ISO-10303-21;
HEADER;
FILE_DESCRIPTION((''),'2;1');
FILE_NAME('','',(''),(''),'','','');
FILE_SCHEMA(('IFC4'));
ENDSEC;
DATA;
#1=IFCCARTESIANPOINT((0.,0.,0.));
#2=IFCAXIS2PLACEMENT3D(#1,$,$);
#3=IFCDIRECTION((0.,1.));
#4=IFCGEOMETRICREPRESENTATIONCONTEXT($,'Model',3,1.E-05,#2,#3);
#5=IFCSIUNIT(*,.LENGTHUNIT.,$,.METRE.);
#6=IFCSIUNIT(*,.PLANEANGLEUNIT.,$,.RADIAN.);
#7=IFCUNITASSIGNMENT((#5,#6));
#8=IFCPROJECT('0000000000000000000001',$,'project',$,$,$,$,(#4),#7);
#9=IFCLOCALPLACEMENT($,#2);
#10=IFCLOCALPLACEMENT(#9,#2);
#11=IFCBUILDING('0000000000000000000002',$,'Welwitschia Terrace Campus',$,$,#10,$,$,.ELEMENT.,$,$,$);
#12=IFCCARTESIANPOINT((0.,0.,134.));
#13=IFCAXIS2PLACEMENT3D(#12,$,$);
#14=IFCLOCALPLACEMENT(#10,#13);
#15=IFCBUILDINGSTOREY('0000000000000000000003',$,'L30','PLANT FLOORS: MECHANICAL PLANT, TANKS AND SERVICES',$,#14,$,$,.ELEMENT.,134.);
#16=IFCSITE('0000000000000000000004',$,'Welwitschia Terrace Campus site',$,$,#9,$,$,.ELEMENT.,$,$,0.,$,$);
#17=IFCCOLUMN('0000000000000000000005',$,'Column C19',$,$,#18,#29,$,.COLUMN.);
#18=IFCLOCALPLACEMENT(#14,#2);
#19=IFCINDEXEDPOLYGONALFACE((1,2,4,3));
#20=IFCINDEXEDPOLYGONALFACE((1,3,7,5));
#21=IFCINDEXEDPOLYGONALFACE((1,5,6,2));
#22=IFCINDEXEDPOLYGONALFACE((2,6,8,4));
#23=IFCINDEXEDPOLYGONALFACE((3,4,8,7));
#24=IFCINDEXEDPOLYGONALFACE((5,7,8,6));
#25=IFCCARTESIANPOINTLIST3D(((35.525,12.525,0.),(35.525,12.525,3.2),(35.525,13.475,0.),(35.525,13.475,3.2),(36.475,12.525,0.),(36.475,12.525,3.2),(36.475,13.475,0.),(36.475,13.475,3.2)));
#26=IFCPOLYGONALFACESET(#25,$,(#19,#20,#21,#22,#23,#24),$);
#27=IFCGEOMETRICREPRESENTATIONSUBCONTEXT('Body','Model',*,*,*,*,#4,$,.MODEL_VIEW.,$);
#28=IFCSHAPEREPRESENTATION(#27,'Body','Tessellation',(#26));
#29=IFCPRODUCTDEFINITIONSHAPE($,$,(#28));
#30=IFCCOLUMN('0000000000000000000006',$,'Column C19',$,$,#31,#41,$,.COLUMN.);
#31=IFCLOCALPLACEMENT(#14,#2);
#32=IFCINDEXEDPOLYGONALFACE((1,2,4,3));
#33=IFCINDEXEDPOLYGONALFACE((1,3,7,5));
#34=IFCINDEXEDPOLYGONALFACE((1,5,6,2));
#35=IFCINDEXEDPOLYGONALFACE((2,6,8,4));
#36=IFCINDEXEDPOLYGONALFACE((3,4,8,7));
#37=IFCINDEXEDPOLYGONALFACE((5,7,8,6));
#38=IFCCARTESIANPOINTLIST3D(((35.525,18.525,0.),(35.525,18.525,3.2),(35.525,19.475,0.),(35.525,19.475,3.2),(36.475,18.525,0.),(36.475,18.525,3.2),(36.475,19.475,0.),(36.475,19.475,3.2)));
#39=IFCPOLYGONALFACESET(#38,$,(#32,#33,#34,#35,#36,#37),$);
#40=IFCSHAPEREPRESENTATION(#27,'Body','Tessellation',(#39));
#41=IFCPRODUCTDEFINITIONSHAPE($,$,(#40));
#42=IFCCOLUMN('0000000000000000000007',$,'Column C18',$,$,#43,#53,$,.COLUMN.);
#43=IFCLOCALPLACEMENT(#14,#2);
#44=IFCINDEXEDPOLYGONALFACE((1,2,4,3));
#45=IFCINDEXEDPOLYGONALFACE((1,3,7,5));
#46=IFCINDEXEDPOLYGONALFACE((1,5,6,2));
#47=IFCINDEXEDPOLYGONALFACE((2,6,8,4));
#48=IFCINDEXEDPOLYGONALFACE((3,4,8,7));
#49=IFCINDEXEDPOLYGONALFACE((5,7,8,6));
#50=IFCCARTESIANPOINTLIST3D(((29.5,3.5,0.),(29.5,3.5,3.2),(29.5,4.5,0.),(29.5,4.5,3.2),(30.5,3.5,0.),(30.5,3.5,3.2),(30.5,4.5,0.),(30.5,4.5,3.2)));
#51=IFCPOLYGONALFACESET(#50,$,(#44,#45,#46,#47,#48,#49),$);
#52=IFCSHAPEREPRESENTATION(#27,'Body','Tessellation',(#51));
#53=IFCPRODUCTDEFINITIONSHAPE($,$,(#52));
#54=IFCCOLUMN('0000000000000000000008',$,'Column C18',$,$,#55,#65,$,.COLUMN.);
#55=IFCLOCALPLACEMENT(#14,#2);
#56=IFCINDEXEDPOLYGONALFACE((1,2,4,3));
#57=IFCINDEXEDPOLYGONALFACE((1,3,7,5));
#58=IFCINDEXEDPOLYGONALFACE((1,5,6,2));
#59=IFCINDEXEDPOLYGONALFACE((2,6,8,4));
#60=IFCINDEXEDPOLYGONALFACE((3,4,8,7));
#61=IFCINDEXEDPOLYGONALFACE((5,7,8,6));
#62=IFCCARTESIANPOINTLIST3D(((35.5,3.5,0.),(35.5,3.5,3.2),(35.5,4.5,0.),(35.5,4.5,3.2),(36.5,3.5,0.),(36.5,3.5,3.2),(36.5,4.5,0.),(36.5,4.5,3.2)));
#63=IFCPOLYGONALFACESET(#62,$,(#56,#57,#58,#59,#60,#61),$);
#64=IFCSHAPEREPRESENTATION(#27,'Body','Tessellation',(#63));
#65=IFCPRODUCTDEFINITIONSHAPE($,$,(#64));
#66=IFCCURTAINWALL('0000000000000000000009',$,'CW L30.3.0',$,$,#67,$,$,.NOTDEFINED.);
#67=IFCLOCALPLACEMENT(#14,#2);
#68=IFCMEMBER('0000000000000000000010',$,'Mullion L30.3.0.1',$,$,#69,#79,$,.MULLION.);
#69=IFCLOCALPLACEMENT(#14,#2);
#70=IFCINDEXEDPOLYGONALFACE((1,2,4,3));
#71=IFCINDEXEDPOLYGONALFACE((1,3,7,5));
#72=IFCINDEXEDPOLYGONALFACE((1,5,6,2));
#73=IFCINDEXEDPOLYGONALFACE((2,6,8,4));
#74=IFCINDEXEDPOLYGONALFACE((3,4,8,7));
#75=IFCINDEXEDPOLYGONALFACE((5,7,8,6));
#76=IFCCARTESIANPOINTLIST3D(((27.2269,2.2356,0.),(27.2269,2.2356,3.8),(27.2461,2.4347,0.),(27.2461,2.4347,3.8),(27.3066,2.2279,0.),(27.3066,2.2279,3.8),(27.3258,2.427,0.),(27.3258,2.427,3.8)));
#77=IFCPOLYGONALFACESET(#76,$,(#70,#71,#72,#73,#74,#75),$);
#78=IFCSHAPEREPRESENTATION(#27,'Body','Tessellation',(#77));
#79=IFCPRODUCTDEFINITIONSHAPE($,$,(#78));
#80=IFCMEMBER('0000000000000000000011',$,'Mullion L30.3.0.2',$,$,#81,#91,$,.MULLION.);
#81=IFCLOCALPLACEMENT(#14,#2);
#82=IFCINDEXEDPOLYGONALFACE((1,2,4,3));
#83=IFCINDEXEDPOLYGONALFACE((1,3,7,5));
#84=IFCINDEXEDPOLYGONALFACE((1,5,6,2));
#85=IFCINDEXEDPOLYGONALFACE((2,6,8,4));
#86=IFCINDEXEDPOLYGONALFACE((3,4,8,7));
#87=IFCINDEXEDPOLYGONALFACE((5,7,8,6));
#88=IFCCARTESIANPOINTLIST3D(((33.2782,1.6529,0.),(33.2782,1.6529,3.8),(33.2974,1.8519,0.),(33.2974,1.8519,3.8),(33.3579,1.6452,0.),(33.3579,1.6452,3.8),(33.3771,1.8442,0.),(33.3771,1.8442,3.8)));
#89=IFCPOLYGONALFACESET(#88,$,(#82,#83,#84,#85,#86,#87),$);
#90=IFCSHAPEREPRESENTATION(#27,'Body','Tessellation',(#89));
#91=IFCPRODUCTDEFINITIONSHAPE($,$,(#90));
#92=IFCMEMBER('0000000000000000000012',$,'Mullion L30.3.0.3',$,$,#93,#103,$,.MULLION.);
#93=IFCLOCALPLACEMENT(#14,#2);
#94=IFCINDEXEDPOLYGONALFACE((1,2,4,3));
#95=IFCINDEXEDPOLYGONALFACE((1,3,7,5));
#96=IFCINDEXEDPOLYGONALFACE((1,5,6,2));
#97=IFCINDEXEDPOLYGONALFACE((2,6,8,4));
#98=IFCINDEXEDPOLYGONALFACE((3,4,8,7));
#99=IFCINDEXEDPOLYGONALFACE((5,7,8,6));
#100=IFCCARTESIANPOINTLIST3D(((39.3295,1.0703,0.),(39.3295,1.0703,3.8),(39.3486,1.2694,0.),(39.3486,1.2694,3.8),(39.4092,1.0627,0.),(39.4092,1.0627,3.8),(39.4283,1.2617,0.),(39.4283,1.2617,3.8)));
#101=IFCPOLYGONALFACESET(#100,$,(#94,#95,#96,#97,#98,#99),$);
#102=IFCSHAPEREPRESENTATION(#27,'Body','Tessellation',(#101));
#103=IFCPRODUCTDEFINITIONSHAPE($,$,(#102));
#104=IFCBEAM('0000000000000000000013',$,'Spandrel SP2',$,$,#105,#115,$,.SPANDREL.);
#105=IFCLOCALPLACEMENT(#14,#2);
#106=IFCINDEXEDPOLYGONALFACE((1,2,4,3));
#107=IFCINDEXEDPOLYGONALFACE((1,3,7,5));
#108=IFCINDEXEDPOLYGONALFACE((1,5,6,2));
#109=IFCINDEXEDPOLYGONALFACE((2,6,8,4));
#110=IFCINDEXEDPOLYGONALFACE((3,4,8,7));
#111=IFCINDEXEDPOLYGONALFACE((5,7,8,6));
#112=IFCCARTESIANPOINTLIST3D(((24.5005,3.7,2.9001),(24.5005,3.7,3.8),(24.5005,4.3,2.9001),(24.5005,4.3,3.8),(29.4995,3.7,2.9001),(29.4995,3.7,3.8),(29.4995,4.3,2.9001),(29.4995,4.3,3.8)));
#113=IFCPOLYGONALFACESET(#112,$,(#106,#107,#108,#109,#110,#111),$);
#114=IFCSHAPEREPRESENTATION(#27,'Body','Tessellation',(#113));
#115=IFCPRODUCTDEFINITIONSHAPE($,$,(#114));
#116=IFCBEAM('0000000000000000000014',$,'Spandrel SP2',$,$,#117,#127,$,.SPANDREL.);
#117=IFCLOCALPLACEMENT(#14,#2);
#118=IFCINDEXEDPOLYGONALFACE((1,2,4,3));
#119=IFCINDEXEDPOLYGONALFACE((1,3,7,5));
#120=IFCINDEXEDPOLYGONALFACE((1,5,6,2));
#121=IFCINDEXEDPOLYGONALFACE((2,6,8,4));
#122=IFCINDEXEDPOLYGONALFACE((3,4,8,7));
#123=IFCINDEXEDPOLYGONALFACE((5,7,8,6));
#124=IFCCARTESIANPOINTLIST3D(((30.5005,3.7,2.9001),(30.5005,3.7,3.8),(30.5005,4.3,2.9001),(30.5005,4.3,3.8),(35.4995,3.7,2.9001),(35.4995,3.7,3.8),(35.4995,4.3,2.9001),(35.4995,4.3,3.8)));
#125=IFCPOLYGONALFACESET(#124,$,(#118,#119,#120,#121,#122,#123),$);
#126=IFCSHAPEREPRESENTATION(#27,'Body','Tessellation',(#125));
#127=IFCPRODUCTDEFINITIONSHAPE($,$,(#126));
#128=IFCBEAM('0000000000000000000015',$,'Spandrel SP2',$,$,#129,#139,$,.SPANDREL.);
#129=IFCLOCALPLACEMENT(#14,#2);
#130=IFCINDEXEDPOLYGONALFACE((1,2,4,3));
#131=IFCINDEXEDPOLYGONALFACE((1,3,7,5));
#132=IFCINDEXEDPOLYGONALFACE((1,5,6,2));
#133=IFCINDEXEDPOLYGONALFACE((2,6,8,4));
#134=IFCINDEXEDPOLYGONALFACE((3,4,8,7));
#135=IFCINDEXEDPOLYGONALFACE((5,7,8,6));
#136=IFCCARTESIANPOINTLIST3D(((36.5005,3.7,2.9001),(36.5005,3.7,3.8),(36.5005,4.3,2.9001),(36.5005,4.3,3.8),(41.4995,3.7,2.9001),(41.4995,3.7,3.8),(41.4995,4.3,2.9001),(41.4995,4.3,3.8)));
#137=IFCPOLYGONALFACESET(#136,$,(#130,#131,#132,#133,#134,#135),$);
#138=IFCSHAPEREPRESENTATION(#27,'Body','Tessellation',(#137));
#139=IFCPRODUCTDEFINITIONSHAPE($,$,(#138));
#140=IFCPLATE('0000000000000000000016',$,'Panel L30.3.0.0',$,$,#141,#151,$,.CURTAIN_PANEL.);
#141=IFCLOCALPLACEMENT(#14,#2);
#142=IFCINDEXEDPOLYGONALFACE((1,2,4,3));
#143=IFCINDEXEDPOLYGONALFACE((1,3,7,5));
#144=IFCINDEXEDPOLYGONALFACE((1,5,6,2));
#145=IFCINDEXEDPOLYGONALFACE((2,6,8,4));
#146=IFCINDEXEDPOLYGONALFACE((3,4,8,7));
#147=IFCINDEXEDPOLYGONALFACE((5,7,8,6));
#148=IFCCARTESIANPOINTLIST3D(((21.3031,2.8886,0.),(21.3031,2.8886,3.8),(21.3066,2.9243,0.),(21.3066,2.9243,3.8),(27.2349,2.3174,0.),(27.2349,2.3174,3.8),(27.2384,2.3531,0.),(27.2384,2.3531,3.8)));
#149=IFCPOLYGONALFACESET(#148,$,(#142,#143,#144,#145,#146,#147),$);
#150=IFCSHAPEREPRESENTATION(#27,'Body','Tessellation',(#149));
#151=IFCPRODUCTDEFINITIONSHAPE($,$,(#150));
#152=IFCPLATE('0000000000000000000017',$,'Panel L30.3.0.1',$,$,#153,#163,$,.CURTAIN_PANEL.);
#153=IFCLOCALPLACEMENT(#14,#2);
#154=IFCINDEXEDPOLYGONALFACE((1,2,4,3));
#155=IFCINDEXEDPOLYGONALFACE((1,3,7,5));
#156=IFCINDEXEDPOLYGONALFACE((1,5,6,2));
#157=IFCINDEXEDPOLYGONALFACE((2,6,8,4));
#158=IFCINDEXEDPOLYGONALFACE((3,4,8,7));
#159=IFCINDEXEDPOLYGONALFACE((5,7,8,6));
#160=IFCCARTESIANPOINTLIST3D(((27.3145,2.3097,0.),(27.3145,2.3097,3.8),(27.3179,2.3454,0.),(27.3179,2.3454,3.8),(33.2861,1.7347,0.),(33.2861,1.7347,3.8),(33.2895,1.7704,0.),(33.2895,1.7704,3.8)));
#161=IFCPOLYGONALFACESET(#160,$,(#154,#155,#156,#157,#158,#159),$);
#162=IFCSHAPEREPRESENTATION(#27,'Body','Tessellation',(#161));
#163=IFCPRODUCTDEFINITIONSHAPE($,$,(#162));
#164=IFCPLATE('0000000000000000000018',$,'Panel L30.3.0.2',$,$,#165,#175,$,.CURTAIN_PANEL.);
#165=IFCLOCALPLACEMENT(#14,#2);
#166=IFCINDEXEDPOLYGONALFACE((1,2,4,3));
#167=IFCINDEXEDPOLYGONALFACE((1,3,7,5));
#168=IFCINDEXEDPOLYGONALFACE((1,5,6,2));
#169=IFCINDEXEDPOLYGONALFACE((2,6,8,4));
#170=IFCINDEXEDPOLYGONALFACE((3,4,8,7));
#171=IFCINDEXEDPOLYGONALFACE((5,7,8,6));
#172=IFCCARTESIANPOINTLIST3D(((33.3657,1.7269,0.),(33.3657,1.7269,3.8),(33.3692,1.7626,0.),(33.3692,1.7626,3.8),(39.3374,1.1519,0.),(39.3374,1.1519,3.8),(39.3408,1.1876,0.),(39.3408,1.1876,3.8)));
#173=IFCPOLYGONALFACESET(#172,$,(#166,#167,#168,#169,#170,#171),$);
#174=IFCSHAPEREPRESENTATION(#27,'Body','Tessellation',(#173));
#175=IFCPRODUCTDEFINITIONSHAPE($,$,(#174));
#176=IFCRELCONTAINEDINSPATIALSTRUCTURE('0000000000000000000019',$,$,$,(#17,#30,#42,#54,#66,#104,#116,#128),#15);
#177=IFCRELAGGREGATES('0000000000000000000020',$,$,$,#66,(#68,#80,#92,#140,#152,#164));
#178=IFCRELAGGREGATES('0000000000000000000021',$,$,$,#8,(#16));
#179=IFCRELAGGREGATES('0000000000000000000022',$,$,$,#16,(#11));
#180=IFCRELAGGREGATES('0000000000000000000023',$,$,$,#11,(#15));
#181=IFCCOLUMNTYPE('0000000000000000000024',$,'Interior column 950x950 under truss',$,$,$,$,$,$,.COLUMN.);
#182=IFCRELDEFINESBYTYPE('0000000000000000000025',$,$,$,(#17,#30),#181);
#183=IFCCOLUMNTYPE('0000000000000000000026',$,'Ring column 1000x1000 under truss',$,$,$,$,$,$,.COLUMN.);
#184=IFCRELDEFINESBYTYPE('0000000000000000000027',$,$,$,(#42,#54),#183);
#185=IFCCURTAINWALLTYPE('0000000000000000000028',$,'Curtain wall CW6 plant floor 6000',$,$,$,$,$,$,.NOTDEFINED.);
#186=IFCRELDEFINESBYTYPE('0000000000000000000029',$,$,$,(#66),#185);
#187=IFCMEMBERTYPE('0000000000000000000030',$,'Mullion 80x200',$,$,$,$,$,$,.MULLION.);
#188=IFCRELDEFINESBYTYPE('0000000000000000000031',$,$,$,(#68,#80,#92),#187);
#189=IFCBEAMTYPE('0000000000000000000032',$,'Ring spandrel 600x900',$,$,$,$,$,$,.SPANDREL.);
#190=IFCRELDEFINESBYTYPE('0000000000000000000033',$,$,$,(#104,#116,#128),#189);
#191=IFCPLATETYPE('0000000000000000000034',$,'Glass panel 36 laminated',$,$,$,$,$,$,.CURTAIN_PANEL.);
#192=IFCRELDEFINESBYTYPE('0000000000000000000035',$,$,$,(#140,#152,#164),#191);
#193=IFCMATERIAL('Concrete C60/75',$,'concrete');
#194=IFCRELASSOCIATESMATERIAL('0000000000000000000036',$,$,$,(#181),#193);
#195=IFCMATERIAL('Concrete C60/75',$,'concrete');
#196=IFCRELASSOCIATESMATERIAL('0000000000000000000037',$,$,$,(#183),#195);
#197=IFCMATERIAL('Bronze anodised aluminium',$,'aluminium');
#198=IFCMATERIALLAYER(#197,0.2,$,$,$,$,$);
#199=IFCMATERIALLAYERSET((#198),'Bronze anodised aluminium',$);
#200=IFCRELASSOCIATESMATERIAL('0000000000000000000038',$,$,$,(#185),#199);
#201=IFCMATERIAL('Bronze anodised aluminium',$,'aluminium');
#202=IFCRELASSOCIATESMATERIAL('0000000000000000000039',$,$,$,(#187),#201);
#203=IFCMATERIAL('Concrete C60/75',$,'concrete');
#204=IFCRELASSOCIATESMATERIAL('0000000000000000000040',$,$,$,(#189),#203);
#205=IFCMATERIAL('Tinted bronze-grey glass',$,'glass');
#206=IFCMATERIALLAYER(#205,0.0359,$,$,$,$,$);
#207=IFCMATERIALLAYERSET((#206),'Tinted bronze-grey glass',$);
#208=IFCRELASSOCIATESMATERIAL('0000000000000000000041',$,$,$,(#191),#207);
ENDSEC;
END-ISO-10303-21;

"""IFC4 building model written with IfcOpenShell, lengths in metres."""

from ifc_helpers import new_model, si_unit, direction, frame, origin, origin_2d, place, context, subcontext, project, spatial, rectangle, extrude, material, layer, layer_set, material_profile, profile_set, type_object, element, aggregate, save


model = new_model("IFC4")

# Units and contexts
model_context = context("Model", 3, precision=1e-05, world=origin(), true_north=direction((0.0, 1.0)))
body_context = subcontext(model_context, "Body", "Model", "MODEL_VIEW")
ifc_project = project(units=[si_unit("LENGTHUNIT", "METRE"), si_unit("PLANEANGLEUNIT", "RADIAN")], contexts=[model_context])

# Site, building, storey
site_placement = place(None, origin())
site = spatial("IfcSite", under=ifc_project, at=site_placement, Name="Welwitschia Terrace Campus site", CompositionType="ELEMENT", RefElevation=0.0)
building_placement = place(site_placement, origin())
building = spatial("IfcBuilding", under=site, at=building_placement, Name="Welwitschia Terrace Campus", CompositionType="ELEMENT")
storey_placement = place(building_placement, frame((0.0, 0.0, 134.0)))
storey = spatial("IfcBuildingStorey", under=building, at=storey_placement, Name="L30", Description="PLANT FLOORS: MECHANICAL PLANT, TANKS AND SERVICES", CompositionType="ELEMENT", Elevation=134.0)

# Columns
ifc_material_1 = material(Name="Concrete C60/75", Category="concrete")
ifc_material_profile_1 = material_profile(ifc_material_1, rectangle(XDim=0.95, YDim=0.95, at=origin_2d()))
ifc_profile_set_1 = profile_set([ifc_material_profile_1], Name="Concrete C60/75")
column_type_1 = type_object("IfcColumnType", Name="Interior column 950x950 under truss", PredefinedType="COLUMN", material=ifc_profile_set_1)
for number, where, z_axis, x_axis, name in (
    (1, (36.0, 13.0, 0.0), (0.0, 0.0, 1.0), (1.0, 0.0, 0.0), "Column C19"),
    (2, (36.0, 19.0, 0.0), (0.0, 0.0, 1.0), (1.0, 0.0, 0.0), "Column C19"),
):
    element("IfcColumn", number, at=place(storey_placement, frame(where, z_axis=z_axis, x_axis=x_axis)), inside=storey, type_object=column_type_1, Name=name, PredefinedType="COLUMN", context=body_context, shape_type="SweptSolid", body=[
        extrude(rectangle(XDim=0.95, YDim=0.95, at=origin_2d()), origin(), (0.0, 0.0, 1.0), 3.2),
    ])
ifc_material_2 = material(Name="Concrete C60/75", Category="concrete")
ifc_material_profile_2 = material_profile(ifc_material_2, rectangle(XDim=1.0, YDim=1.0, at=origin_2d()))
ifc_profile_set_2 = profile_set([ifc_material_profile_2], Name="Concrete C60/75")
column_type_2 = type_object("IfcColumnType", Name="Ring column 1000x1000 under truss", PredefinedType="COLUMN", material=ifc_profile_set_2)
for number, where, z_axis, x_axis, name in (
    (3, (30.0, 4.0, 0.0), (0.0, 0.0, 1.0), (1.0, 0.0, 0.0), "Column C18"),
    (4, (36.0, 4.0, 0.0), (0.0, 0.0, 1.0), (1.0, 0.0, 0.0), "Column C18"),
):
    element("IfcColumn", number, at=place(storey_placement, frame(where, z_axis=z_axis, x_axis=x_axis)), inside=storey, type_object=column_type_2, Name=name, PredefinedType="COLUMN", context=body_context, shape_type="SweptSolid", body=[
        extrude(rectangle(XDim=1.0, YDim=1.0, at=origin_2d()), origin(), (0.0, 0.0, 1.0), 3.2),
    ])

# Curtain wall, members
ifc_material_3 = material(Name="Bronze anodised aluminium", Category="aluminium")
ifc_layer_1 = layer(ifc_material_3, 0.2)
ifc_layer_set_1 = layer_set([ifc_layer_1], Name="Bronze anodised aluminium")
curtain_wall_type = type_object("IfcCurtainWallType", Name="Curtain wall CW6 plant floor 6000", PredefinedType="NOTDEFINED", material=ifc_layer_set_1)
curtain_wall_placement = place(storey_placement, origin())
curtain_wall = element("IfcCurtainWall", 5, at=curtain_wall_placement, inside=storey, type_object=curtain_wall_type, Name="CW L30.3.0", PredefinedType="NOTDEFINED")
ifc_material_4 = material(Name="Bronze anodised aluminium", Category="aluminium")
ifc_material_profile_3 = material_profile(ifc_material_4, rectangle(XDim=0.2, YDim=0.0801, at=origin_2d()))
ifc_profile_set_3 = profile_set([ifc_material_profile_3], Name="Bronze anodised aluminium")
member_type = type_object("IfcMemberType", Name="Mullion 80x200", PredefinedType="MULLION", material=ifc_profile_set_3)
member_1_placement = place(storey_placement, frame((27.2764, 2.3313, 0.0), z_axis=(0.0, 0.0, 1.0), x_axis=(0.095846, 0.995396, 0.0)))
member_1 = element("IfcMember", 6, at=member_1_placement, type_object=member_type, Name="Mullion L30.3.0.1", PredefinedType="MULLION", context=body_context, shape_type="SweptSolid", body=[
    extrude(rectangle(XDim=0.2, YDim=0.0801, at=origin_2d()), origin(), (0.0, 0.0, 1.0), 3.8),
])
member_2_placement = place(storey_placement, frame((33.3276, 1.7485, 0.0), z_axis=(0.0, 0.0, 1.0), x_axis=(0.095846, 0.995396, 0.0)))
member_2 = element("IfcMember", 7, at=member_2_placement, type_object=member_type, Name="Mullion L30.3.0.2", PredefinedType="MULLION", context=body_context, shape_type="SweptSolid", body=[
    extrude(rectangle(XDim=0.2, YDim=0.0801, at=origin_2d()), origin(), (0.0, 0.0, 1.0), 3.8),
])
member_3_placement = place(storey_placement, frame((39.3789, 1.166, 0.0), z_axis=(0.0, 0.0, 1.0), x_axis=(0.095846, 0.995396, 0.0)))
member_3 = element("IfcMember", 8, at=member_3_placement, type_object=member_type, Name="Mullion L30.3.0.3", PredefinedType="MULLION", context=body_context, shape_type="SweptSolid", body=[
    extrude(rectangle(XDim=0.2, YDim=0.0801, at=origin_2d()), origin(), (0.0, 0.0, 1.0), 3.8),
])

# Beams
ifc_material_5 = material(Name="Concrete C60/75", Category="concrete")
ifc_material_profile_4 = material_profile(ifc_material_5, rectangle(XDim=0.6001, YDim=0.8999, at=origin_2d()))
ifc_profile_set_4 = profile_set([ifc_material_profile_4], Name="Concrete C60/75")
beam_type = type_object("IfcBeamType", Name="Ring spandrel 600x900", PredefinedType="SPANDREL", material=ifc_profile_set_4)
for number, where, z_axis, x_axis, name in (
    (9, (24.5005, 4.0, 3.3501), (1.0, 0.0, 0.0), (0.0, 1.0, 0.0), "Spandrel SP2"),
    (10, (30.5005, 4.0, 3.3501), (1.0, 0.0, 0.0), (0.0, 1.0, 0.0), "Spandrel SP2"),
    (11, (36.5005, 4.0, 3.3501), (1.0, 0.0, 0.0), (0.0, 1.0, 0.0), "Spandrel SP2"),
):
    element("IfcBeam", number, at=place(storey_placement, frame(where, z_axis=z_axis, x_axis=x_axis)), inside=storey, type_object=beam_type, Name=name, PredefinedType="SPANDREL", context=body_context, shape_type="SweptSolid", body=[
        extrude(rectangle(XDim=0.6001, YDim=0.8999, at=origin_2d()), origin(), (0.0, 0.0, 1.0), 4.999),
    ])

# Plates
ifc_material_6 = material(Name="Tinted bronze-grey glass", Category="glass")
ifc_layer_2 = layer(ifc_material_6, 0.0359)
ifc_layer_set_2 = layer_set([ifc_layer_2], Name="Tinted bronze-grey glass")
plate_type = type_object("IfcPlateType", Name="Glass panel 36 laminated", PredefinedType="CURTAIN_PANEL", material=ifc_layer_set_2)
plate_1_placement = place(storey_placement, frame((24.2708, 2.6208, 0.0), z_axis=(0.0, 0.0, 1.0), x_axis=(0.995396, -0.095846, 0.0)))
plate_1 = element("IfcPlate", 12, at=plate_1_placement, type_object=plate_type, Name="Panel L30.3.0.0", PredefinedType="CURTAIN_PANEL", context=body_context, shape_type="SweptSolid", body=[
    extrude(rectangle(XDim=5.9592, YDim=0.0359, at=origin_2d()), origin(), (0.0, 0.0, 1.0), 3.8),
])
plate_2_placement = place(storey_placement, frame((30.302, 2.04, 0.0), z_axis=(0.0, 0.0, 1.0), x_axis=(0.995396, -0.095846, 0.0)))
plate_2 = element("IfcPlate", 13, at=plate_2_placement, type_object=plate_type, Name="Panel L30.3.0.1", PredefinedType="CURTAIN_PANEL", context=body_context, shape_type="SweptSolid", body=[
    extrude(rectangle(XDim=5.9993, YDim=0.0359, at=origin_2d()), origin(), (0.0, 0.0, 1.0), 3.8),
])
plate_3_placement = place(storey_placement, frame((36.3533, 1.4573, 0.0), z_axis=(0.0, 0.0, 1.0), x_axis=(0.995396, -0.095846, 0.0)))
plate_3 = element("IfcPlate", 14, at=plate_3_placement, type_object=plate_type, Name="Panel L30.3.0.2", PredefinedType="CURTAIN_PANEL", context=body_context, shape_type="SweptSolid", body=[
    extrude(rectangle(XDim=5.9993, YDim=0.0359, at=origin_2d()), origin(), (0.0, 0.0, 1.0), 3.8),
])
aggregate(curtain_wall, [member_1, member_2, member_3, plate_1, plate_2, plate_3])

save(model, "model.ifc")
